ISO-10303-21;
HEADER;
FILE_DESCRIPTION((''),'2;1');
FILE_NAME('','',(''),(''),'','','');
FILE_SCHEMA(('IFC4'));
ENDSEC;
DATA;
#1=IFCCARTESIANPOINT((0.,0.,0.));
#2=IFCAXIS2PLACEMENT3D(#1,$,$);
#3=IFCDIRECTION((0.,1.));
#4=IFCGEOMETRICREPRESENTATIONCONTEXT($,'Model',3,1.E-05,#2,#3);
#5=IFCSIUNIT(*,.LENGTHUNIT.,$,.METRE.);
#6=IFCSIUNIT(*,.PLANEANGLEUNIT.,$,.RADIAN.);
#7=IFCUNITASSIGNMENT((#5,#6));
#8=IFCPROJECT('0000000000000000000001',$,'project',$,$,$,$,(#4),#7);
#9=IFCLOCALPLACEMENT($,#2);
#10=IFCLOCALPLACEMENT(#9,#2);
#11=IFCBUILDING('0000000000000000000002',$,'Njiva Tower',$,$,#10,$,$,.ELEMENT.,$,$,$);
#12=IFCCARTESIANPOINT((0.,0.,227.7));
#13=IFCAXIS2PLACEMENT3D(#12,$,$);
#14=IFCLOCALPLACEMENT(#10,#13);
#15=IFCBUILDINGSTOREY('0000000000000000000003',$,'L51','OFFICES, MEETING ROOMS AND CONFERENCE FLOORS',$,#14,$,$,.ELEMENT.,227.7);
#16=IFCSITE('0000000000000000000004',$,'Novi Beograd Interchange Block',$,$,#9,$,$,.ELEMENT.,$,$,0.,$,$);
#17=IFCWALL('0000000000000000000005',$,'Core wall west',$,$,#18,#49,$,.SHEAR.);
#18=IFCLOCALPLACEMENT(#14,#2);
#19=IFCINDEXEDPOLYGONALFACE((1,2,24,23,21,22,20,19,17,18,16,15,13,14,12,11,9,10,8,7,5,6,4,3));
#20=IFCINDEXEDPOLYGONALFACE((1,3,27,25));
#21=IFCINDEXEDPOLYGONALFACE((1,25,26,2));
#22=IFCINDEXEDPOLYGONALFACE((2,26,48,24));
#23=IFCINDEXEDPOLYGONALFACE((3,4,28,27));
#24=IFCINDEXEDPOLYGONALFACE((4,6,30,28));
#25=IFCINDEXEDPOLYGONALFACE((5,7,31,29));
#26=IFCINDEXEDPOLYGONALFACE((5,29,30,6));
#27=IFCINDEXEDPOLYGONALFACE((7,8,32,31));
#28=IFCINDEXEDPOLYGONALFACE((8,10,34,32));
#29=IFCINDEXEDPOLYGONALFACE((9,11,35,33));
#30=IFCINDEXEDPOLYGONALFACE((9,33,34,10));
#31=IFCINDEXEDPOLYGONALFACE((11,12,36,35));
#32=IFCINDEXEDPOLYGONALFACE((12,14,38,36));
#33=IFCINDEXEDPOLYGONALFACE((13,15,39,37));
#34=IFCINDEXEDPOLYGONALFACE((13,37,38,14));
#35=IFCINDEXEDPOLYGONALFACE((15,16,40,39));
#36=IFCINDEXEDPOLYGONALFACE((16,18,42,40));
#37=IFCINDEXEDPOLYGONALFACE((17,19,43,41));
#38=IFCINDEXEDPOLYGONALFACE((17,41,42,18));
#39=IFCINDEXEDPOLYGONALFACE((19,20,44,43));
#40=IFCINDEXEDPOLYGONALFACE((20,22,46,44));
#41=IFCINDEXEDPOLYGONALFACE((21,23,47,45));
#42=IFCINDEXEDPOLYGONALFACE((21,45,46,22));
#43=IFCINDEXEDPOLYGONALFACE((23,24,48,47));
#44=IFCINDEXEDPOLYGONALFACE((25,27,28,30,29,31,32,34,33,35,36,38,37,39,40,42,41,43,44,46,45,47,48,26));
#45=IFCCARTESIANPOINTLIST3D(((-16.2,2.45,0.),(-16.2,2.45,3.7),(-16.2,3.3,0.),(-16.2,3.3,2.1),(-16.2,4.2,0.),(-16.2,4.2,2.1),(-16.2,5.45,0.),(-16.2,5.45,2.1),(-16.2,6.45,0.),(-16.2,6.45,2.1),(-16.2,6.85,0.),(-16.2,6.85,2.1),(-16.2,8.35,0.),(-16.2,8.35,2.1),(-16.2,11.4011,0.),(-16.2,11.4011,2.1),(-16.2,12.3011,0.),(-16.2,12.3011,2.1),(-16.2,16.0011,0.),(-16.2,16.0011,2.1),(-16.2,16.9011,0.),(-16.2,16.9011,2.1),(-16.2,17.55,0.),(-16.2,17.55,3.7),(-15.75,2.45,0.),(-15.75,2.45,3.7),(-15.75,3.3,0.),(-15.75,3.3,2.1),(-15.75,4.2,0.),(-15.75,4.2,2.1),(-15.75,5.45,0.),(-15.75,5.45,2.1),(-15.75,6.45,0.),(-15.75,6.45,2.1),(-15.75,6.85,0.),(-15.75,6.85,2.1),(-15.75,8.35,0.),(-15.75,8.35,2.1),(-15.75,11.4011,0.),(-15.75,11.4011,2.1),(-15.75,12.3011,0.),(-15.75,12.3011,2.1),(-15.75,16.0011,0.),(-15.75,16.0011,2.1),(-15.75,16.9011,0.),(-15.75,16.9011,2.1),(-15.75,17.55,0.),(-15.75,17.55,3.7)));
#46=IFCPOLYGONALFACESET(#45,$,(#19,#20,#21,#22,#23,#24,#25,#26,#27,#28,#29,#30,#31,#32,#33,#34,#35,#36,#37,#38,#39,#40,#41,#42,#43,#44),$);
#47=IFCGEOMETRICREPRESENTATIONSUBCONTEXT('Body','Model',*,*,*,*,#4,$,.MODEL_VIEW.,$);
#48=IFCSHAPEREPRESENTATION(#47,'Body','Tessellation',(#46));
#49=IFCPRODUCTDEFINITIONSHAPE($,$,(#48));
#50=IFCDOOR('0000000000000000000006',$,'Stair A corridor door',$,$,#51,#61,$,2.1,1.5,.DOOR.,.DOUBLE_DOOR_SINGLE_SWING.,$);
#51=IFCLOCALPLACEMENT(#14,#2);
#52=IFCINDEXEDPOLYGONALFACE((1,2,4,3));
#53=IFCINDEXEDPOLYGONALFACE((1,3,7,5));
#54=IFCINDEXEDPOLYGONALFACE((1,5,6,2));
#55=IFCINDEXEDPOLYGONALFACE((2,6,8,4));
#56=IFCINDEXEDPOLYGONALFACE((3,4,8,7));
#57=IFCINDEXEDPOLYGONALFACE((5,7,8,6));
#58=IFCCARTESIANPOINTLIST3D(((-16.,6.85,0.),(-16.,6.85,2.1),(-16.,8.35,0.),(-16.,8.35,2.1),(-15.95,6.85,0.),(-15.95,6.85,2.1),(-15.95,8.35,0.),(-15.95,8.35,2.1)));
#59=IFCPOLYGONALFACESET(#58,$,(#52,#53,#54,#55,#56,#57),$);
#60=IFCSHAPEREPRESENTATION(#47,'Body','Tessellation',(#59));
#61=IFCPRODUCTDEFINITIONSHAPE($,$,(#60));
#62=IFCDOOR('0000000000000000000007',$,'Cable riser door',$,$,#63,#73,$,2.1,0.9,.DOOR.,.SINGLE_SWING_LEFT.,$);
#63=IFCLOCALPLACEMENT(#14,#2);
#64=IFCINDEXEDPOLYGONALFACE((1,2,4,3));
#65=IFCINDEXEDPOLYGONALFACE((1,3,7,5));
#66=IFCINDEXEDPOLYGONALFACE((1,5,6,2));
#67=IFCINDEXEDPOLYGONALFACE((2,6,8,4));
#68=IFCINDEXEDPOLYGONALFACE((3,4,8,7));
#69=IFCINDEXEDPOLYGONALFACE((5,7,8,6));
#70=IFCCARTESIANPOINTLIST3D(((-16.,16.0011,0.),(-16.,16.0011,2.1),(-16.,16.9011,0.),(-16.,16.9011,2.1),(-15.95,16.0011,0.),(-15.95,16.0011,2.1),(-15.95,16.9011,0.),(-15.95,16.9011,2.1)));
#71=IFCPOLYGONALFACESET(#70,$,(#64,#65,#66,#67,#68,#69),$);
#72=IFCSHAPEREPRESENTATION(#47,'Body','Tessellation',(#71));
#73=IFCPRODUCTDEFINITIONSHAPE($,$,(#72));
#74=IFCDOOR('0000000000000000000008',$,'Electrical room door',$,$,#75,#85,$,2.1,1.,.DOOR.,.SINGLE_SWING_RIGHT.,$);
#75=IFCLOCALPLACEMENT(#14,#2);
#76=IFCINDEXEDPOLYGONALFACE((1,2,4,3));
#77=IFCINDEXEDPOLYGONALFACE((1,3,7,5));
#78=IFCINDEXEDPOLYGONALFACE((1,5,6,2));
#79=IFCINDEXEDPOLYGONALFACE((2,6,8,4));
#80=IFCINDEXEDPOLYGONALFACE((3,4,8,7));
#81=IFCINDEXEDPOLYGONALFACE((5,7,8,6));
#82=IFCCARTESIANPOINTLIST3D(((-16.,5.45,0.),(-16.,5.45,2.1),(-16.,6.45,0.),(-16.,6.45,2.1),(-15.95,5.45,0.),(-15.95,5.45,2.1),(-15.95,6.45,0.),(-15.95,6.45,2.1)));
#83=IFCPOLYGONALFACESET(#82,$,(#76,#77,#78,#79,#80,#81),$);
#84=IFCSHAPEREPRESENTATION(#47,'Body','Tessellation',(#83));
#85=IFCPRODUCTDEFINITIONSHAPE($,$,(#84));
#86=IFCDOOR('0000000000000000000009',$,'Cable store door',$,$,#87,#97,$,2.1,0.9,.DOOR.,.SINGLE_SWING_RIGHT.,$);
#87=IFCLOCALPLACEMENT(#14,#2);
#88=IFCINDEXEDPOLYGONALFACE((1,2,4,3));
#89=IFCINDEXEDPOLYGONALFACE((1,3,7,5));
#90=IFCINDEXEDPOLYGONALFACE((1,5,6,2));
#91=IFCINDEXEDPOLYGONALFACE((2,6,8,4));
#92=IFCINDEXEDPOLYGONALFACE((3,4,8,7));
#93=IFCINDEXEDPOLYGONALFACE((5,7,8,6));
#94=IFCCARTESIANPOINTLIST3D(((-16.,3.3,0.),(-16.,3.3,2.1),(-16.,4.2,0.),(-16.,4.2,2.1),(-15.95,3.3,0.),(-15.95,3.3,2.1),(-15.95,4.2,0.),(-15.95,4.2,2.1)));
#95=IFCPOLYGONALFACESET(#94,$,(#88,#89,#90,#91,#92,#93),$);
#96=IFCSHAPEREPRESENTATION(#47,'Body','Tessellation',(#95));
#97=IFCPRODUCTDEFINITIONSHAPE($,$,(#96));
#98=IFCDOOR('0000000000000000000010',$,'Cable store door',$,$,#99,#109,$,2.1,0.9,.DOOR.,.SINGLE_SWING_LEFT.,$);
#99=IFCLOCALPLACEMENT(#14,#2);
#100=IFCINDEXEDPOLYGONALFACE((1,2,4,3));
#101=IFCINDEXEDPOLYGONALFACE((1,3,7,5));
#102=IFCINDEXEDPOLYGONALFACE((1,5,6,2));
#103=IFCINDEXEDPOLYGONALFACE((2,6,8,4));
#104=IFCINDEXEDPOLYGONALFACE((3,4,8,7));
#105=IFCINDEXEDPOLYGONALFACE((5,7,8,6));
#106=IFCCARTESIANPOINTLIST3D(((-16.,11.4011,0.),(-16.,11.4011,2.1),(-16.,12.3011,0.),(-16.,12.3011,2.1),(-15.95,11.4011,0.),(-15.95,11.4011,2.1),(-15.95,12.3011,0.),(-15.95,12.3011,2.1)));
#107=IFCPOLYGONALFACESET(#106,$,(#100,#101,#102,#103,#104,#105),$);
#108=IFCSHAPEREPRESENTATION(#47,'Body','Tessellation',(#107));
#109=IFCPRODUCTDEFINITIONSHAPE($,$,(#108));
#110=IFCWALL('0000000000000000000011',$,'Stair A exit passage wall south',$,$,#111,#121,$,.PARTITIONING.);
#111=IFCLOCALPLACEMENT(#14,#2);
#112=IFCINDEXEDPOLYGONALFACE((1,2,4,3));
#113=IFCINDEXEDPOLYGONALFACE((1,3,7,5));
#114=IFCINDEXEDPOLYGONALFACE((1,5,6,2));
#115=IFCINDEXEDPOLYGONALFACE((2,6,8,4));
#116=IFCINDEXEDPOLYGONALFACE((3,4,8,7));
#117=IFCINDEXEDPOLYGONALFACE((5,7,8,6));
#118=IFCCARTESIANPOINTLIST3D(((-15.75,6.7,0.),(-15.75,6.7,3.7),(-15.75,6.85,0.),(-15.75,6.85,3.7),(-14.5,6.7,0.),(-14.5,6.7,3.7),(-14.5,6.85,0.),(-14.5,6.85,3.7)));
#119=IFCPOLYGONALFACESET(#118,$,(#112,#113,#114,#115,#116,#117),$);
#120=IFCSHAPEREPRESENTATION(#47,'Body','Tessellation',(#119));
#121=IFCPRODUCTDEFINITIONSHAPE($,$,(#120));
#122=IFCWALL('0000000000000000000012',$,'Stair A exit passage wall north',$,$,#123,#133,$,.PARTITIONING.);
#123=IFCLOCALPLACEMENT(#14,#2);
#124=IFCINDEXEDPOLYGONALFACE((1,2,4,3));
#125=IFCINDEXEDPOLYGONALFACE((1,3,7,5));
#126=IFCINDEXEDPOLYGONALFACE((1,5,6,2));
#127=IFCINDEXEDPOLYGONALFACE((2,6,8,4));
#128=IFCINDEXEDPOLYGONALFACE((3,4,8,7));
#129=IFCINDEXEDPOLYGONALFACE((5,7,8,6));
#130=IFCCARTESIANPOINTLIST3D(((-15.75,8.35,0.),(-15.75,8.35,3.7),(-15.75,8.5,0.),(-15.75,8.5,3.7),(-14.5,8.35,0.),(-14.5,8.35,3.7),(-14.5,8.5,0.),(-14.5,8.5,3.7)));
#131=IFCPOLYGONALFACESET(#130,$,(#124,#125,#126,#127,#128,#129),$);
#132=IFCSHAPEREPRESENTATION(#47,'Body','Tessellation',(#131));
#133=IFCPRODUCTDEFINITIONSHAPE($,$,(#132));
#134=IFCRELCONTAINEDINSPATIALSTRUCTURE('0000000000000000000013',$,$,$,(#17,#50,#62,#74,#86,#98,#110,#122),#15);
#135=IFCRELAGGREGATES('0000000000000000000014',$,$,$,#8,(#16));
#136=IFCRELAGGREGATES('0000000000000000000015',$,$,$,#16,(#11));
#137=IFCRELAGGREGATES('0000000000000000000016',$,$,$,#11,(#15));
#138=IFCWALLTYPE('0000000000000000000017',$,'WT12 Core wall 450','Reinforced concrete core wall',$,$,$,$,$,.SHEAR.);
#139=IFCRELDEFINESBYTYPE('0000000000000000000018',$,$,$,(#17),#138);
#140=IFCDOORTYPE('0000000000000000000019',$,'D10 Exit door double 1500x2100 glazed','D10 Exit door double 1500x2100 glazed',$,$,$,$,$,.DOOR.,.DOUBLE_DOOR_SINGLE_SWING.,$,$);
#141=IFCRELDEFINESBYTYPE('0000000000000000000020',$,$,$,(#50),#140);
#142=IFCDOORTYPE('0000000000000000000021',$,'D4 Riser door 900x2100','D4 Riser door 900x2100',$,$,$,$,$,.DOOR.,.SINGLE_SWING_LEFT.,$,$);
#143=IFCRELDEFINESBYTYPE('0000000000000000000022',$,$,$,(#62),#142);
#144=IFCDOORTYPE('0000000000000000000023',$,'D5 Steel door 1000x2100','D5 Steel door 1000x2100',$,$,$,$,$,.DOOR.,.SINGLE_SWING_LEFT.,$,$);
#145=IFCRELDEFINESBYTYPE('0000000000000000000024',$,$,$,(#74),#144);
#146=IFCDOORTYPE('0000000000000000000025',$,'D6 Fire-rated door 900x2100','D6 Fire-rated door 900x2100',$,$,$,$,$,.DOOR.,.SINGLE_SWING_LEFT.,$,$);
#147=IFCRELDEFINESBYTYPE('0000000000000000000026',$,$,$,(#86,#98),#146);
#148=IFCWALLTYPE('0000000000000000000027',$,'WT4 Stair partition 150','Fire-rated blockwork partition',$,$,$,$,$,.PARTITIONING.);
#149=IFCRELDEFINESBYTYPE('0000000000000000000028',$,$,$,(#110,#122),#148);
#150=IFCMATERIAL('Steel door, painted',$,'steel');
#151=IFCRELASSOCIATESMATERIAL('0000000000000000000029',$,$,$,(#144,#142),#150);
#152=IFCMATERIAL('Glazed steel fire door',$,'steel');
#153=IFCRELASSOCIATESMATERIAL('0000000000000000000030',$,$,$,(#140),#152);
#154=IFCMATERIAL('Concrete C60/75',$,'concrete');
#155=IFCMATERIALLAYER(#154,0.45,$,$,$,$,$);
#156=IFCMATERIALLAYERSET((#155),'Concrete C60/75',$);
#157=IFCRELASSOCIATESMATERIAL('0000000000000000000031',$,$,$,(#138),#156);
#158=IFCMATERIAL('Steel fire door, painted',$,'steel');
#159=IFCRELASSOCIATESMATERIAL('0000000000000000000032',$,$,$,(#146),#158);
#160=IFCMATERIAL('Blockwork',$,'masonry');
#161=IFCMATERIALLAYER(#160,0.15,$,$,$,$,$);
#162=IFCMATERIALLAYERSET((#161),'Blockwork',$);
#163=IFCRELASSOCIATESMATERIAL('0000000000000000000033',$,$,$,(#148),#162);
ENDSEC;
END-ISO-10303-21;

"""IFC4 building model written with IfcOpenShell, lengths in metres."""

from ifc_helpers import new_model, si_unit, direction, frame, frame_2d, origin, place, context, subcontext, project, spatial, rectangle, extrude, material, layer, layer_set, type_object, element, fill, save


model = new_model("IFC4")

# Units and contexts
model_context = context("Model", 3, precision=1e-05, world=origin(), true_north=direction((0.0, 1.0)))
body_context = subcontext(model_context, "Body", "Model", "MODEL_VIEW")
ifc_project = project(units=[si_unit("LENGTHUNIT", "METRE"), si_unit("PLANEANGLEUNIT", "RADIAN")], contexts=[model_context])

# Site, building, storey
site_placement = place(None, origin())
site = spatial("IfcSite", under=ifc_project, at=site_placement, Name="Novi Beograd Interchange Block", CompositionType="ELEMENT", RefElevation=0.0)
building_placement = place(site_placement, origin())
building = spatial("IfcBuilding", under=site, at=building_placement, Name="Njiva Tower", CompositionType="ELEMENT")
storey_placement = place(building_placement, frame((0.0, 0.0, 227.7)))
storey = spatial("IfcBuildingStorey", under=building, at=storey_placement, Name="L51", Description="OFFICES, MEETING ROOMS AND CONFERENCE FLOORS", CompositionType="ELEMENT", Elevation=227.7)

# Shared definitions
ifc_material_1 = material(Name="Blockwork", Category="masonry")

# Shared definitions
ifc_material_2 = material(Name="Steel door, painted", Category="steel")
door_type_1 = type_object("IfcDoorType", Name="D5 Steel door 1000x2100", Description="D5 Steel door 1000x2100", OperationType="SINGLE_SWING_LEFT", PredefinedType="DOOR", material=ifc_material_2)
ifc_material_3 = material(Name="Glazed steel fire door", Category="steel")

# Shared definitions
door_type_2 = type_object("IfcDoorType", Name="D10 Exit door double 1500x2100 glazed", Description="D10 Exit door double 1500x2100 glazed", OperationType="DOUBLE_DOOR_SINGLE_SWING", PredefinedType="DOOR", material=ifc_material_3)

# Wall, openings, doors
ifc_material_4 = material(Name="Concrete C60/75", Category="concrete")
ifc_layer_1 = layer(ifc_material_4, 0.45)
ifc_layer_set_1 = layer_set([ifc_layer_1], Name="Concrete C60/75")
wall_type_1 = type_object("IfcWallType", Name="WT12 Core wall 450", Description="Reinforced concrete core wall", PredefinedType="SHEAR", material=ifc_layer_set_1)
wall_1_placement = place(storey_placement, frame((-15.975, 2.45, 0.0), z_axis=(0.0, 0.0, 1.0), x_axis=(0.0, 1.0, 0.0)))
wall_1 = element("IfcWall", 1, at=wall_1_placement, inside=storey, type_object=wall_type_1, Name="Core wall west", PredefinedType="SHEAR", context=body_context, shape_type="SweptSolid", body=[
    extrude(rectangle(XDim=15.1, YDim=0.45, at=frame_2d((7.55, 0.0))), origin(), (0.0, 0.0, 1.0), 3.7),
])
opening_1_placement = place(wall_1_placement, frame((4.4, 0.0, 0.0)))
opening_1 = element("IfcOpeningElement", 2, at=opening_1_placement, cuts=wall_1, PredefinedType="OPENING", context=body_context, shape_type="SweptSolid", body=[
    extrude(rectangle(XDim=1.5, YDim=2.1, at=frame_2d((0.75, 1.05))), frame((0.0, 0.235, 0.0), z_axis=(0.0, -1.0, 0.0), x_axis=(1.0, 0.0, 0.0)), (0.0, 0.0, 1.0), 0.47),
])
opening_2_placement = place(wall_1_placement, frame((0.85, 0.0, 0.0)))
opening_2 = element("IfcOpeningElement", 3, at=opening_2_placement, cuts=wall_1, PredefinedType="OPENING", context=body_context, shape_type="SweptSolid", body=[
    extrude(rectangle(XDim=0.9, YDim=2.1, at=frame_2d((0.45, 1.05))), frame((0.0, 0.235, 0.0), z_axis=(0.0, -1.0, 0.0), x_axis=(1.0, 0.0, 0.0)), (0.0, 0.0, 1.0), 0.47),
])
opening_3_placement = place(wall_1_placement, frame((3.0, 0.0, 0.0)))
opening_3 = element("IfcOpeningElement", 4, at=opening_3_placement, cuts=wall_1, PredefinedType="OPENING", context=body_context, shape_type="SweptSolid", body=[
    extrude(rectangle(XDim=1.0, YDim=2.1, at=frame_2d((0.5, 1.05))), frame((0.0, 0.235, 0.0), z_axis=(0.0, -1.0, 0.0), x_axis=(1.0, 0.0, 0.0)), (0.0, 0.0, 1.0), 0.47),
])
opening_4_placement = place(wall_1_placement, frame((8.9511, 0.0, 0.0)))
opening_4 = element("IfcOpeningElement", 5, at=opening_4_placement, cuts=wall_1, PredefinedType="OPENING", context=body_context, shape_type="SweptSolid", body=[
    extrude(rectangle(XDim=0.9, YDim=2.1, at=frame_2d((0.45, 1.05))), frame((0.0, 0.235, 0.0), z_axis=(0.0, -1.0, 0.0), x_axis=(1.0, 0.0, 0.0)), (0.0, 0.0, 1.0), 0.47),
])
opening_5_placement = place(wall_1_placement, frame((13.5511, 0.0, 0.0)))
opening_5 = element("IfcOpeningElement", 6, at=opening_5_placement, cuts=wall_1, PredefinedType="OPENING", context=body_context, shape_type="SweptSolid", body=[
    extrude(rectangle(XDim=0.9, YDim=2.1, at=frame_2d((0.45, 1.05))), frame((0.0, 0.235, 0.0), z_axis=(0.0, -1.0, 0.0), x_axis=(1.0, 0.0, 0.0)), (0.0, 0.0, 1.0), 0.47),
])
door_1_placement = place(opening_1_placement, origin())
door_1 = element("IfcDoor", 7, at=door_1_placement, inside=storey, type_object=door_type_2, Name="Stair A corridor door", OperationType="DOUBLE_DOOR_SINGLE_SWING", OverallHeight=2.1, OverallWidth=1.5, PredefinedType="DOOR", context=body_context, shape_type="SweptSolid", body=[
    extrude(rectangle(XDim=1.5, YDim=2.1, at=frame_2d((0.75, 1.05))), frame((0.0, 0.025, 0.0), z_axis=(0.0, -1.0, 0.0), x_axis=(1.0, 0.0, 0.0)), (0.0, 0.0, 1.0), 0.05),
])
fill(opening_1, door_1)
door_type_3 = type_object("IfcDoorType", Name="D4 Riser door 900x2100", Description="D4 Riser door 900x2100", OperationType="SINGLE_SWING_LEFT", PredefinedType="DOOR", material=ifc_material_2)
door_2_placement = place(opening_5_placement, origin())
door_2 = element("IfcDoor", 8, at=door_2_placement, inside=storey, type_object=door_type_3, Name="Cable riser door", OperationType="SINGLE_SWING_LEFT", OverallHeight=2.1, OverallWidth=0.9, PredefinedType="DOOR", context=body_context, shape_type="SweptSolid", body=[
    extrude(rectangle(XDim=0.9, YDim=2.1, at=frame_2d((0.45, 1.05))), frame((0.0, 0.025, 0.0), z_axis=(0.0, -1.0, 0.0), x_axis=(1.0, 0.0, 0.0)), (0.0, 0.0, 1.0), 0.05),
])
fill(opening_5, door_2)
door_3_placement = place(opening_3_placement, origin())
door_3 = element("IfcDoor", 9, at=door_3_placement, inside=storey, type_object=door_type_1, Name="Electrical room door", OperationType="SINGLE_SWING_RIGHT", OverallHeight=2.1, OverallWidth=1.0, PredefinedType="DOOR", context=body_context, shape_type="SweptSolid", body=[
    extrude(rectangle(XDim=1.0, YDim=2.1, at=frame_2d((0.5, 1.05))), frame((0.0, 0.025, 0.0), z_axis=(0.0, -1.0, 0.0), x_axis=(1.0, 0.0, 0.0)), (0.0, 0.0, 1.0), 0.05),
])
fill(opening_3, door_3)
ifc_material_5 = material(Name="Steel fire door, painted", Category="steel")
door_type_4 = type_object("IfcDoorType", Name="D6 Fire-rated door 900x2100", Description="D6 Fire-rated door 900x2100", OperationType="SINGLE_SWING_LEFT", PredefinedType="DOOR", material=ifc_material_5)
door_4_placement = place(opening_2_placement, origin())
door_4 = element("IfcDoor", 10, at=door_4_placement, inside=storey, type_object=door_type_4, Name="Cable store door", OperationType="SINGLE_SWING_RIGHT", OverallHeight=2.1, OverallWidth=0.9, PredefinedType="DOOR", context=body_context, shape_type="SweptSolid", body=[
    extrude(rectangle(XDim=0.9, YDim=2.1, at=frame_2d((0.45, 1.05))), frame((0.0, 0.025, 0.0), z_axis=(0.0, -1.0, 0.0), x_axis=(1.0, 0.0, 0.0)), (0.0, 0.0, 1.0), 0.05),
])
fill(opening_2, door_4)
door_5_placement = place(opening_4_placement, origin())
door_5 = element("IfcDoor", 11, at=door_5_placement, inside=storey, type_object=door_type_4, Name="Cable store door", OperationType="SINGLE_SWING_LEFT", OverallHeight=2.1, OverallWidth=0.9, PredefinedType="DOOR", context=body_context, shape_type="SweptSolid", body=[
    extrude(rectangle(XDim=0.9, YDim=2.1, at=frame_2d((0.45, 1.05))), frame((0.0, 0.025, 0.0), z_axis=(0.0, -1.0, 0.0), x_axis=(1.0, 0.0, 0.0)), (0.0, 0.0, 1.0), 0.05),
])
fill(opening_4, door_5)

# Walls
ifc_layer_2 = layer(ifc_material_1, 0.15)
ifc_layer_set_2 = layer_set([ifc_layer_2], Name="Blockwork")
wall_type_2 = type_object("IfcWallType", Name="WT4 Stair partition 150", Description="Fire-rated blockwork partition", PredefinedType="PARTITIONING", material=ifc_layer_set_2)
for number, where, z_axis, x_axis, name in (
    (12, (-15.75, 6.775, 0.0), (0.0, 0.0, 1.0), (1.0, 0.0, 0.0), "Stair A exit passage wall south"),
    (13, (-15.75, 8.425, 0.0), (0.0, 0.0, 1.0), (1.0, 0.0, 0.0), "Stair A exit passage wall north"),
):
    element("IfcWall", number, at=place(storey_placement, frame(where, z_axis=z_axis, x_axis=x_axis)), inside=storey, type_object=wall_type_2, Name=name, PredefinedType="PARTITIONING", context=body_context, shape_type="SweptSolid", body=[
        extrude(rectangle(XDim=1.25, YDim=0.15, at=frame_2d((0.625, 0.0))), origin(), (0.0, 0.0, 1.0), 3.7),
    ])

save(model, "model.ifc")
